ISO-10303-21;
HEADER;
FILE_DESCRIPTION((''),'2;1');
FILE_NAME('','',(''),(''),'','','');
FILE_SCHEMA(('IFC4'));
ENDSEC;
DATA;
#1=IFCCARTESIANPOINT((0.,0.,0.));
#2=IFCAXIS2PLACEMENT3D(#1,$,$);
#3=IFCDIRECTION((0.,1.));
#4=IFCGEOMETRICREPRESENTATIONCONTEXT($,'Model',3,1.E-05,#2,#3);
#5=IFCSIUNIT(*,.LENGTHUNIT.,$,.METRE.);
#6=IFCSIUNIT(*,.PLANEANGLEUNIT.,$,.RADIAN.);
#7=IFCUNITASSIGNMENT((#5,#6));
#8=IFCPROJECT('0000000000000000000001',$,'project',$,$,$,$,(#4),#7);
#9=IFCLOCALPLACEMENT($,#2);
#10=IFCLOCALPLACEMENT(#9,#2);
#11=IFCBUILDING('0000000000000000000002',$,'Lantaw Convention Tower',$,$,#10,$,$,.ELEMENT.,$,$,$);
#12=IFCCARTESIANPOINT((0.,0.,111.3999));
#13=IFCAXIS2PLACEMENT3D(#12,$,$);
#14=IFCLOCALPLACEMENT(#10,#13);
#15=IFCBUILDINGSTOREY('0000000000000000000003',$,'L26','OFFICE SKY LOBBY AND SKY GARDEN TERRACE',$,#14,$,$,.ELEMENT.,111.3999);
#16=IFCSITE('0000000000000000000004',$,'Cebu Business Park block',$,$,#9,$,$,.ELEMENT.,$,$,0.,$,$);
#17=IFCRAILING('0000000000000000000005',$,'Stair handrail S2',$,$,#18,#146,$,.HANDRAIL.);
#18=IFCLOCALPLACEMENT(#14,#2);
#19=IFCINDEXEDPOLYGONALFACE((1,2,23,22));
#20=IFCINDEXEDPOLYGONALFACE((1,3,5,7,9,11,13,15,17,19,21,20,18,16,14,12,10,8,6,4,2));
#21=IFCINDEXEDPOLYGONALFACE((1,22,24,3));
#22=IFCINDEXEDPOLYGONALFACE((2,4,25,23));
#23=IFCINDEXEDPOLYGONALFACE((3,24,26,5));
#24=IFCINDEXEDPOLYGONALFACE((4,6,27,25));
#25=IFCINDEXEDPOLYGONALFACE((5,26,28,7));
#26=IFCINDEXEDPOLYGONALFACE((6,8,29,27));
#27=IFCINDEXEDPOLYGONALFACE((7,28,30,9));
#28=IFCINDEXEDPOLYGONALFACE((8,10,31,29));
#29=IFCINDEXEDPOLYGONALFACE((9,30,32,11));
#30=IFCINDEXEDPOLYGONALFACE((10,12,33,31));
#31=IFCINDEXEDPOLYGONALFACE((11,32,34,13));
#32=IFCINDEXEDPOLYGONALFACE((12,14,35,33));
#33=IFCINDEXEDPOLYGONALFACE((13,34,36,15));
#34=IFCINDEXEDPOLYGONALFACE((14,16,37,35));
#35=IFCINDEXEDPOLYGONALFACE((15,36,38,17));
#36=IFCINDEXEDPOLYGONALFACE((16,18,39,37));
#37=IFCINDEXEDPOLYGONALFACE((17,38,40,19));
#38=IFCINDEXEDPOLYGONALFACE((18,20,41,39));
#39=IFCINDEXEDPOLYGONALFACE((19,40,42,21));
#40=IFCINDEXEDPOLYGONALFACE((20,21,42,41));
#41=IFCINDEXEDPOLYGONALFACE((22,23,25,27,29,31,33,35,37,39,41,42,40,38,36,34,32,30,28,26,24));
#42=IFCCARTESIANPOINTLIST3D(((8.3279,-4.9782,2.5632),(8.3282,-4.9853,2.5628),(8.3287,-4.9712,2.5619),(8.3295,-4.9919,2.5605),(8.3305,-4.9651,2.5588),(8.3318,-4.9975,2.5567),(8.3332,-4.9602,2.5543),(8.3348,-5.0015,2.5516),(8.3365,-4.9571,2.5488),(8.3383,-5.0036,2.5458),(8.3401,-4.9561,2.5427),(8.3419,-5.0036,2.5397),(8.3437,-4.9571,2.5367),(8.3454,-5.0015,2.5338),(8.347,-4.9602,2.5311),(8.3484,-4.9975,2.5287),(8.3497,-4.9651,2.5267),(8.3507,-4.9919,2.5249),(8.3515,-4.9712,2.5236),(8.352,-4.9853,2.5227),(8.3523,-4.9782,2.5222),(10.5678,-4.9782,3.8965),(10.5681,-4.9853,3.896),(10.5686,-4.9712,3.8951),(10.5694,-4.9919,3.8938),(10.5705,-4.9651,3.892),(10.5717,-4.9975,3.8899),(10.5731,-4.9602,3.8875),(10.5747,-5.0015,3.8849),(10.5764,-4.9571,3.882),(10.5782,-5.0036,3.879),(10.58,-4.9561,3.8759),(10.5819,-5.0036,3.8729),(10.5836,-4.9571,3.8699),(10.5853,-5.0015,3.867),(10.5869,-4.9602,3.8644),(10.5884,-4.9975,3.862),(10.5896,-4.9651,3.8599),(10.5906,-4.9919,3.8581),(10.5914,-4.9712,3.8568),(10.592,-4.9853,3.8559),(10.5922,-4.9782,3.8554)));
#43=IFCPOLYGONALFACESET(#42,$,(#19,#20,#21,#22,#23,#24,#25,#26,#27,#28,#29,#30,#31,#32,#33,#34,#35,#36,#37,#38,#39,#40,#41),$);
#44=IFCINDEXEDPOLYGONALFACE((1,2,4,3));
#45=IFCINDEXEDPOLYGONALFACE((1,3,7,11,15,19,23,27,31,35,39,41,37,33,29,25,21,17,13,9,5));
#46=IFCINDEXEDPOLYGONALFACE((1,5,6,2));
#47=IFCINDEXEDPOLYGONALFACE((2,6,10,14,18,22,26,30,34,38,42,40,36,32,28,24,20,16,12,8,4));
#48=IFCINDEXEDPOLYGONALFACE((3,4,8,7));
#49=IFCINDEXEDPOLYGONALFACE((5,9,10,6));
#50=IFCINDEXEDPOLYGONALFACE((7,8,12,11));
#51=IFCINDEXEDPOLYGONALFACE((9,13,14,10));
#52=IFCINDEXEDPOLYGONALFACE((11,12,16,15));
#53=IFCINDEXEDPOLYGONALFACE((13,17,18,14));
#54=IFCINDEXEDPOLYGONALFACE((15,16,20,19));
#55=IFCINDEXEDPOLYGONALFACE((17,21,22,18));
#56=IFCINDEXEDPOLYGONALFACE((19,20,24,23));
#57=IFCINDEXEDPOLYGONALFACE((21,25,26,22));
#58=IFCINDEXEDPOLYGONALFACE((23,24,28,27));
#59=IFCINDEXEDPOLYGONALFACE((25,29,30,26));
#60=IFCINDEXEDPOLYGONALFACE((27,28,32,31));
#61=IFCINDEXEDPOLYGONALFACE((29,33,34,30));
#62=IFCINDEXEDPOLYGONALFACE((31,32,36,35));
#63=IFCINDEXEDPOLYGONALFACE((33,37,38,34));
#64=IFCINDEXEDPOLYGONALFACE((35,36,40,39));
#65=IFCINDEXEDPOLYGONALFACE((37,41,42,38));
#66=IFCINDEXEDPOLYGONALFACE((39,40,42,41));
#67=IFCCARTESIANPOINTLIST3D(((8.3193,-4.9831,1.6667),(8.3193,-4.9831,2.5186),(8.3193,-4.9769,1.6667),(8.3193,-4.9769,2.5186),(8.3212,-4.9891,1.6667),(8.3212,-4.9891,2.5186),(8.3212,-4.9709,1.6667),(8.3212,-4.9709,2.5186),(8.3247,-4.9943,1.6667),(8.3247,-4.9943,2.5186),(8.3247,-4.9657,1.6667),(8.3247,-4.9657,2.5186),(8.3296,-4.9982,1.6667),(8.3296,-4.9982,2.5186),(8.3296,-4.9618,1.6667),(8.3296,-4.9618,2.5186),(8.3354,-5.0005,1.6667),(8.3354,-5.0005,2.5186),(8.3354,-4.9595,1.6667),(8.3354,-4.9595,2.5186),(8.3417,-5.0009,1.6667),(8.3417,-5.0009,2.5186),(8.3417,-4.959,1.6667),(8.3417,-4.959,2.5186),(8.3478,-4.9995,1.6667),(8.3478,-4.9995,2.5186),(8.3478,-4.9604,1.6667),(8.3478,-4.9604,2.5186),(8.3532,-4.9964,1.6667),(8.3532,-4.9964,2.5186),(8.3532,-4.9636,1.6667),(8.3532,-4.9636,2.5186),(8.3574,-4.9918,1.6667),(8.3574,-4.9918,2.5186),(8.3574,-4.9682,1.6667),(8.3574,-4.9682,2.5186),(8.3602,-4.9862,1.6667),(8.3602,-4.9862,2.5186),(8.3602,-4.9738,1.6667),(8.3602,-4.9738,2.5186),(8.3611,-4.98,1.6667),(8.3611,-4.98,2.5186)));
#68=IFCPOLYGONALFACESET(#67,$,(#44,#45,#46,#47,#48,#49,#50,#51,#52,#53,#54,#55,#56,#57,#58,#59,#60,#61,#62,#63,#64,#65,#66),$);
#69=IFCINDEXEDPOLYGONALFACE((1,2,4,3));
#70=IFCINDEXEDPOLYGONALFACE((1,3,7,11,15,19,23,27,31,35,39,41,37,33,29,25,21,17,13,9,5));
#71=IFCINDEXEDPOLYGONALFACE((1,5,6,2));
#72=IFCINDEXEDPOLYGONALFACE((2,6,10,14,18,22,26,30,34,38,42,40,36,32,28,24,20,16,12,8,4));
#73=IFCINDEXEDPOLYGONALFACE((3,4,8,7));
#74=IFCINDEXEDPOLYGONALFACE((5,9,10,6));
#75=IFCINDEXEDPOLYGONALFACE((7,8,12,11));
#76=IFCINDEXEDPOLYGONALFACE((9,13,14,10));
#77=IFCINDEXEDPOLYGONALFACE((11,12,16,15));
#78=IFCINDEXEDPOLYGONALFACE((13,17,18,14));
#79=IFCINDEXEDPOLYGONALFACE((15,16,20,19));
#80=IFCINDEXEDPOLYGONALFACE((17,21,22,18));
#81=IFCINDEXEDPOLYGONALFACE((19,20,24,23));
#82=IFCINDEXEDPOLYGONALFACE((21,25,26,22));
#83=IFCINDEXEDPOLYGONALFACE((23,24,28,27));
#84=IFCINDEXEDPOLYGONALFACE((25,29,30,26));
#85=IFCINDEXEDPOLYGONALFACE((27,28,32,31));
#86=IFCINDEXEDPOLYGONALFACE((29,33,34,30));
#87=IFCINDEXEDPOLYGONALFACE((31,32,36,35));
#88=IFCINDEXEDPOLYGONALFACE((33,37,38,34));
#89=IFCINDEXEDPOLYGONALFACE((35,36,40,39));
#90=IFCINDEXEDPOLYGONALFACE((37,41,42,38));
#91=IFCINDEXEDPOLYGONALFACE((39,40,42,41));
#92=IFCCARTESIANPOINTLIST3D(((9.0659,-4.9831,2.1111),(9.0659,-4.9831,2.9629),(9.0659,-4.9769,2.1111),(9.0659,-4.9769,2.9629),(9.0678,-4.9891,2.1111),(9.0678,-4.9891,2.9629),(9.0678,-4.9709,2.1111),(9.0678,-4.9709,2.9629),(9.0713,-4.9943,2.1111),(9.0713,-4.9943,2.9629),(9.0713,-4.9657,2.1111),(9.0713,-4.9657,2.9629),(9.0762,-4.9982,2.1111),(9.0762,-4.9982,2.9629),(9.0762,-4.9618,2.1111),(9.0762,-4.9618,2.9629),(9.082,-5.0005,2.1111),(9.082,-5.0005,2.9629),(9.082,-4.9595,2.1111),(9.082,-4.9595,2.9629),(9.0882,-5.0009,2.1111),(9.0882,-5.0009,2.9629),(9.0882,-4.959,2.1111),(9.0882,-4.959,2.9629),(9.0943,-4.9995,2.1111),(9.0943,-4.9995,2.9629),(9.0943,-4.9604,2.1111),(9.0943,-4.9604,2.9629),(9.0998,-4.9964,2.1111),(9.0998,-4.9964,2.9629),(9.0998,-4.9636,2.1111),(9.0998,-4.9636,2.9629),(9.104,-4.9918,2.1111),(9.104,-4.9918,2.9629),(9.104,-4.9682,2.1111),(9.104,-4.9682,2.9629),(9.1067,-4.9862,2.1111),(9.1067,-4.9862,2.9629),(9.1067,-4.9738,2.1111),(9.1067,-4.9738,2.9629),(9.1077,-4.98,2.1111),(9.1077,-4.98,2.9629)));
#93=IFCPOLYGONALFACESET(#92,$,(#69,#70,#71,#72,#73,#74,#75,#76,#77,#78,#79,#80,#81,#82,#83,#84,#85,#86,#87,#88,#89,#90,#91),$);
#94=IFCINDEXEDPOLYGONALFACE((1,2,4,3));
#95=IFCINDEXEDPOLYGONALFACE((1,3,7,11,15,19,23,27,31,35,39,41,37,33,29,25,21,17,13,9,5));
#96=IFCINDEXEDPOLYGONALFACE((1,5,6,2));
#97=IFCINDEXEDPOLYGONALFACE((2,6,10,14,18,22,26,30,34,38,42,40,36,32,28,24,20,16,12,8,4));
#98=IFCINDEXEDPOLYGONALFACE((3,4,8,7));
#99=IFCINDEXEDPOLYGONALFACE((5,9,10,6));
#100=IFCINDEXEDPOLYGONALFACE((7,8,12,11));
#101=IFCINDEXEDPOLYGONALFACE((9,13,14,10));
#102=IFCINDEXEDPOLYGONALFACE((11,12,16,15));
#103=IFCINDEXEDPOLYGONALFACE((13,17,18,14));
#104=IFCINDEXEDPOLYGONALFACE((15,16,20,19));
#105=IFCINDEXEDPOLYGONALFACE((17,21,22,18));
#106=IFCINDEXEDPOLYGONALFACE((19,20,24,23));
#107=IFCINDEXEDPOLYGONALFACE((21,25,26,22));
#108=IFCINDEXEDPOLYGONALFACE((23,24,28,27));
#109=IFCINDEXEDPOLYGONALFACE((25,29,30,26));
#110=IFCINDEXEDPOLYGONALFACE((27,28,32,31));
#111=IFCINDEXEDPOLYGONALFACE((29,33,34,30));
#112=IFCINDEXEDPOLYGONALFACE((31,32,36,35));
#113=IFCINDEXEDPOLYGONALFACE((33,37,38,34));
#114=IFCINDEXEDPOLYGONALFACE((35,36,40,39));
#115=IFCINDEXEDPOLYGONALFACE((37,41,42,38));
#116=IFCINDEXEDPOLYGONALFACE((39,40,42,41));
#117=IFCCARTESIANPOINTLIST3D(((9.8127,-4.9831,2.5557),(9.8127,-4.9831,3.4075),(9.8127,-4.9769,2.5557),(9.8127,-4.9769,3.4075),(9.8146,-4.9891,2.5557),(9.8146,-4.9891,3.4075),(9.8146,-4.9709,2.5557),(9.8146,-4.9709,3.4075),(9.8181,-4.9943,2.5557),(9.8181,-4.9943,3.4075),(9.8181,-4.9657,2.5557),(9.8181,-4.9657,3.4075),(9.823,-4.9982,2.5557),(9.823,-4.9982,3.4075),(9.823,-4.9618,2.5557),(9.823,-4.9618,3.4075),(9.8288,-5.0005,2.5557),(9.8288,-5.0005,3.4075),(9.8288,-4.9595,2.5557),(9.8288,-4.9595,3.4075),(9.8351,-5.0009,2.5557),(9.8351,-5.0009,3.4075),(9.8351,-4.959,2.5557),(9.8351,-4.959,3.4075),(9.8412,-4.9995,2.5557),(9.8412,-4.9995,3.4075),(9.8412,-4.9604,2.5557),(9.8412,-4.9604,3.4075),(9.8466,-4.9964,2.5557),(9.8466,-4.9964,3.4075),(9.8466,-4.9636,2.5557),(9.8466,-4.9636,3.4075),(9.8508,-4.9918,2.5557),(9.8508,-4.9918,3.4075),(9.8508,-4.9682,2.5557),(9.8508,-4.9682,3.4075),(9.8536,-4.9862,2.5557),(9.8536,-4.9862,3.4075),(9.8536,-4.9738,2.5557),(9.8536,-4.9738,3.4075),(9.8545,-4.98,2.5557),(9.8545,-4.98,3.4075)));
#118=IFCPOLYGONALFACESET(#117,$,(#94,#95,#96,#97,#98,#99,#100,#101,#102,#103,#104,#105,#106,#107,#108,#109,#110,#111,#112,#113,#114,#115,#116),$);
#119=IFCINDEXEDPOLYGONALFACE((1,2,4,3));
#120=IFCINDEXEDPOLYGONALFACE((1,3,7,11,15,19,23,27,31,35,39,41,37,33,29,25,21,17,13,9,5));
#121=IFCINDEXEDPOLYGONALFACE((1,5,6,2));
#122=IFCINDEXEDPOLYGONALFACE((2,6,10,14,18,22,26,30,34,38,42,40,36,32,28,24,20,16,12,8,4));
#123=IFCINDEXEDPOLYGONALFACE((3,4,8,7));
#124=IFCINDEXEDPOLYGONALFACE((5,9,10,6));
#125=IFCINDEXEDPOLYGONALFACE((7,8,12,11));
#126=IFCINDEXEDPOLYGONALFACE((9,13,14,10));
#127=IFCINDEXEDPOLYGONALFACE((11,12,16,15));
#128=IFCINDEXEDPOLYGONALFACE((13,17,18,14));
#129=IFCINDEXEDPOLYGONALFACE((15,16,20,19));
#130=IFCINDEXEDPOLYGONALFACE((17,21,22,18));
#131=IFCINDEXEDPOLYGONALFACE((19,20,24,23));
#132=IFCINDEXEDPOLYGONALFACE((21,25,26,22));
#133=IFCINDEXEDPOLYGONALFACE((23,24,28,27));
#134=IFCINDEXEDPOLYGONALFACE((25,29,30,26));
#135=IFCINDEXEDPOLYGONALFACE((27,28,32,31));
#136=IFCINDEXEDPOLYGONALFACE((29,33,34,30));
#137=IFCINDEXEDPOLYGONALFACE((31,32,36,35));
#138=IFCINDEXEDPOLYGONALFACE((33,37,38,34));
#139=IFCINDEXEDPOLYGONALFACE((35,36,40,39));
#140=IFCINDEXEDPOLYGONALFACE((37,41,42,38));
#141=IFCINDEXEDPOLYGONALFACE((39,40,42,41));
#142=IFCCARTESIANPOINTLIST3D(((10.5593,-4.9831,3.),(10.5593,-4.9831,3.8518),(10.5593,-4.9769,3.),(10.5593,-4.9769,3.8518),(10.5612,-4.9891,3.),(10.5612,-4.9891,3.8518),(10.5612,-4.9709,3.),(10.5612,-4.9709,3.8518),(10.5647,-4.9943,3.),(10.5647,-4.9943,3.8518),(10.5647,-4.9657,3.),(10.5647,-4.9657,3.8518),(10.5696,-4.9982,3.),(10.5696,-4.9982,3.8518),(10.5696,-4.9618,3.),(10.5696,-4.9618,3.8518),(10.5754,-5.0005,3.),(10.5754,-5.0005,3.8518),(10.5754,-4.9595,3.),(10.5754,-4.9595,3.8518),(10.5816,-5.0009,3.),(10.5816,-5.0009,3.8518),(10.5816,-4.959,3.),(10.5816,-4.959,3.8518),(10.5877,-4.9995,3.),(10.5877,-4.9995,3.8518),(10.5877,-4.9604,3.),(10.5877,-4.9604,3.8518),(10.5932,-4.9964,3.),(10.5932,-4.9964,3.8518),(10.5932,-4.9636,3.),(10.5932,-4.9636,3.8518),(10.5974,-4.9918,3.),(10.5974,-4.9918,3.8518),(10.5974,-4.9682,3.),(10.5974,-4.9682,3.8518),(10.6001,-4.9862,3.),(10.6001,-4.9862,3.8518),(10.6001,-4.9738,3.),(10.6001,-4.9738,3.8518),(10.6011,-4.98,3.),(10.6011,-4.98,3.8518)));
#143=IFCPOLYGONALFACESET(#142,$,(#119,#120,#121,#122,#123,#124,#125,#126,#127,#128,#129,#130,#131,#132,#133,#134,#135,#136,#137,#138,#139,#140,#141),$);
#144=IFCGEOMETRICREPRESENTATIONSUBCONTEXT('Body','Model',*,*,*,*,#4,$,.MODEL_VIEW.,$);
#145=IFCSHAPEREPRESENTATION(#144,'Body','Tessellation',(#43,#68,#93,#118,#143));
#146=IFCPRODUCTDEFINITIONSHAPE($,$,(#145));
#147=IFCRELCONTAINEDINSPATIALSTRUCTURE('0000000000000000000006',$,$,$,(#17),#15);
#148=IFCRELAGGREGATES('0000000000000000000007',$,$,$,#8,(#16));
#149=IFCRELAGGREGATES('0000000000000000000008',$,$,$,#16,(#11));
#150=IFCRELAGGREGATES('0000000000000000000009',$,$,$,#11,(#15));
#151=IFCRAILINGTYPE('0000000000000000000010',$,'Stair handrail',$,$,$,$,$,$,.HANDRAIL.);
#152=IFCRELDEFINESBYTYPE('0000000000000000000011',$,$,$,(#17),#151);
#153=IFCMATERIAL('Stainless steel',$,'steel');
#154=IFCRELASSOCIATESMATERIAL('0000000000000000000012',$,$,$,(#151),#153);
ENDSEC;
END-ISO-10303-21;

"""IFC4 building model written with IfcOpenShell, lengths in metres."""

from ifc_helpers import new_model, si_unit, direction, frame, origin, origin_2d, place, context, subcontext, project, spatial, circle, extrude, material, type_object, element, save


model = new_model("IFC4")

# Units and contexts
model_context = context("Model", 3, precision=1e-05, world=origin(), true_north=direction((0.0, 1.0)))
body_context = subcontext(model_context, "Body", "Model", "MODEL_VIEW")
ifc_project = project(units=[si_unit("LENGTHUNIT", "METRE"), si_unit("PLANEANGLEUNIT", "RADIAN")], contexts=[model_context])

# Site, building, storey
site_placement = place(None, origin())
site = spatial("IfcSite", under=ifc_project, at=site_placement, Name="Cebu Business Park block", CompositionType="ELEMENT", RefElevation=0.0)
building_placement = place(site_placement, origin())
building = spatial("IfcBuilding", under=site, at=building_placement, Name="Lantaw Convention Tower", CompositionType="ELEMENT")
storey_placement = place(building_placement, frame((0.0, 0.0, 111.3999)))
storey = spatial("IfcBuildingStorey", under=building, at=storey_placement, Name="L26", Description="OFFICE SKY LOBBY AND SKY GARDEN TERRACE", CompositionType="ELEMENT", Elevation=111.3999)

# Railing
ifc_material_1 = material(Name="Stainless steel", Category="steel")
railing_type = type_object("IfcRailingType", Name="Stair handrail", PredefinedType="HANDRAIL", material=ifc_material_1)
railing_1_placement = place(storey_placement, frame((8.3401, -4.98, 1.6667)))
element("IfcRailing", 1, at=railing_1_placement, inside=storey, type_object=railing_type, Name="Stair handrail S2", PredefinedType="HANDRAIL", context=body_context, shape_type="SweptSolid", body=[
    extrude(circle(Radius=0.0239, at=origin_2d()), frame((0.0, 0.0, 0.876), z_axis=(0.859306, 0.0, 0.511462), x_axis=(0.0, 1.0, 0.0)), (0.0, 0.0, 1.0), 2.6067),
    extrude(circle(Radius=0.021, at=origin_2d()), origin(), (0.0, 0.0, 1.0), 0.8518),
    extrude(circle(Radius=0.021, at=origin_2d()), frame((0.7466, 0.0, 0.4443)), (0.0, 0.0, 1.0), 0.8518),
    extrude(circle(Radius=0.021, at=origin_2d()), frame((1.4934, 0.0, 0.8889)), (0.0, 0.0, 1.0), 0.8518),
    extrude(circle(Radius=0.021, at=origin_2d()), frame((2.24, 0.0, 1.3333)), (0.0, 0.0, 1.0), 0.8518),
])

save(model, "model.ifc")
